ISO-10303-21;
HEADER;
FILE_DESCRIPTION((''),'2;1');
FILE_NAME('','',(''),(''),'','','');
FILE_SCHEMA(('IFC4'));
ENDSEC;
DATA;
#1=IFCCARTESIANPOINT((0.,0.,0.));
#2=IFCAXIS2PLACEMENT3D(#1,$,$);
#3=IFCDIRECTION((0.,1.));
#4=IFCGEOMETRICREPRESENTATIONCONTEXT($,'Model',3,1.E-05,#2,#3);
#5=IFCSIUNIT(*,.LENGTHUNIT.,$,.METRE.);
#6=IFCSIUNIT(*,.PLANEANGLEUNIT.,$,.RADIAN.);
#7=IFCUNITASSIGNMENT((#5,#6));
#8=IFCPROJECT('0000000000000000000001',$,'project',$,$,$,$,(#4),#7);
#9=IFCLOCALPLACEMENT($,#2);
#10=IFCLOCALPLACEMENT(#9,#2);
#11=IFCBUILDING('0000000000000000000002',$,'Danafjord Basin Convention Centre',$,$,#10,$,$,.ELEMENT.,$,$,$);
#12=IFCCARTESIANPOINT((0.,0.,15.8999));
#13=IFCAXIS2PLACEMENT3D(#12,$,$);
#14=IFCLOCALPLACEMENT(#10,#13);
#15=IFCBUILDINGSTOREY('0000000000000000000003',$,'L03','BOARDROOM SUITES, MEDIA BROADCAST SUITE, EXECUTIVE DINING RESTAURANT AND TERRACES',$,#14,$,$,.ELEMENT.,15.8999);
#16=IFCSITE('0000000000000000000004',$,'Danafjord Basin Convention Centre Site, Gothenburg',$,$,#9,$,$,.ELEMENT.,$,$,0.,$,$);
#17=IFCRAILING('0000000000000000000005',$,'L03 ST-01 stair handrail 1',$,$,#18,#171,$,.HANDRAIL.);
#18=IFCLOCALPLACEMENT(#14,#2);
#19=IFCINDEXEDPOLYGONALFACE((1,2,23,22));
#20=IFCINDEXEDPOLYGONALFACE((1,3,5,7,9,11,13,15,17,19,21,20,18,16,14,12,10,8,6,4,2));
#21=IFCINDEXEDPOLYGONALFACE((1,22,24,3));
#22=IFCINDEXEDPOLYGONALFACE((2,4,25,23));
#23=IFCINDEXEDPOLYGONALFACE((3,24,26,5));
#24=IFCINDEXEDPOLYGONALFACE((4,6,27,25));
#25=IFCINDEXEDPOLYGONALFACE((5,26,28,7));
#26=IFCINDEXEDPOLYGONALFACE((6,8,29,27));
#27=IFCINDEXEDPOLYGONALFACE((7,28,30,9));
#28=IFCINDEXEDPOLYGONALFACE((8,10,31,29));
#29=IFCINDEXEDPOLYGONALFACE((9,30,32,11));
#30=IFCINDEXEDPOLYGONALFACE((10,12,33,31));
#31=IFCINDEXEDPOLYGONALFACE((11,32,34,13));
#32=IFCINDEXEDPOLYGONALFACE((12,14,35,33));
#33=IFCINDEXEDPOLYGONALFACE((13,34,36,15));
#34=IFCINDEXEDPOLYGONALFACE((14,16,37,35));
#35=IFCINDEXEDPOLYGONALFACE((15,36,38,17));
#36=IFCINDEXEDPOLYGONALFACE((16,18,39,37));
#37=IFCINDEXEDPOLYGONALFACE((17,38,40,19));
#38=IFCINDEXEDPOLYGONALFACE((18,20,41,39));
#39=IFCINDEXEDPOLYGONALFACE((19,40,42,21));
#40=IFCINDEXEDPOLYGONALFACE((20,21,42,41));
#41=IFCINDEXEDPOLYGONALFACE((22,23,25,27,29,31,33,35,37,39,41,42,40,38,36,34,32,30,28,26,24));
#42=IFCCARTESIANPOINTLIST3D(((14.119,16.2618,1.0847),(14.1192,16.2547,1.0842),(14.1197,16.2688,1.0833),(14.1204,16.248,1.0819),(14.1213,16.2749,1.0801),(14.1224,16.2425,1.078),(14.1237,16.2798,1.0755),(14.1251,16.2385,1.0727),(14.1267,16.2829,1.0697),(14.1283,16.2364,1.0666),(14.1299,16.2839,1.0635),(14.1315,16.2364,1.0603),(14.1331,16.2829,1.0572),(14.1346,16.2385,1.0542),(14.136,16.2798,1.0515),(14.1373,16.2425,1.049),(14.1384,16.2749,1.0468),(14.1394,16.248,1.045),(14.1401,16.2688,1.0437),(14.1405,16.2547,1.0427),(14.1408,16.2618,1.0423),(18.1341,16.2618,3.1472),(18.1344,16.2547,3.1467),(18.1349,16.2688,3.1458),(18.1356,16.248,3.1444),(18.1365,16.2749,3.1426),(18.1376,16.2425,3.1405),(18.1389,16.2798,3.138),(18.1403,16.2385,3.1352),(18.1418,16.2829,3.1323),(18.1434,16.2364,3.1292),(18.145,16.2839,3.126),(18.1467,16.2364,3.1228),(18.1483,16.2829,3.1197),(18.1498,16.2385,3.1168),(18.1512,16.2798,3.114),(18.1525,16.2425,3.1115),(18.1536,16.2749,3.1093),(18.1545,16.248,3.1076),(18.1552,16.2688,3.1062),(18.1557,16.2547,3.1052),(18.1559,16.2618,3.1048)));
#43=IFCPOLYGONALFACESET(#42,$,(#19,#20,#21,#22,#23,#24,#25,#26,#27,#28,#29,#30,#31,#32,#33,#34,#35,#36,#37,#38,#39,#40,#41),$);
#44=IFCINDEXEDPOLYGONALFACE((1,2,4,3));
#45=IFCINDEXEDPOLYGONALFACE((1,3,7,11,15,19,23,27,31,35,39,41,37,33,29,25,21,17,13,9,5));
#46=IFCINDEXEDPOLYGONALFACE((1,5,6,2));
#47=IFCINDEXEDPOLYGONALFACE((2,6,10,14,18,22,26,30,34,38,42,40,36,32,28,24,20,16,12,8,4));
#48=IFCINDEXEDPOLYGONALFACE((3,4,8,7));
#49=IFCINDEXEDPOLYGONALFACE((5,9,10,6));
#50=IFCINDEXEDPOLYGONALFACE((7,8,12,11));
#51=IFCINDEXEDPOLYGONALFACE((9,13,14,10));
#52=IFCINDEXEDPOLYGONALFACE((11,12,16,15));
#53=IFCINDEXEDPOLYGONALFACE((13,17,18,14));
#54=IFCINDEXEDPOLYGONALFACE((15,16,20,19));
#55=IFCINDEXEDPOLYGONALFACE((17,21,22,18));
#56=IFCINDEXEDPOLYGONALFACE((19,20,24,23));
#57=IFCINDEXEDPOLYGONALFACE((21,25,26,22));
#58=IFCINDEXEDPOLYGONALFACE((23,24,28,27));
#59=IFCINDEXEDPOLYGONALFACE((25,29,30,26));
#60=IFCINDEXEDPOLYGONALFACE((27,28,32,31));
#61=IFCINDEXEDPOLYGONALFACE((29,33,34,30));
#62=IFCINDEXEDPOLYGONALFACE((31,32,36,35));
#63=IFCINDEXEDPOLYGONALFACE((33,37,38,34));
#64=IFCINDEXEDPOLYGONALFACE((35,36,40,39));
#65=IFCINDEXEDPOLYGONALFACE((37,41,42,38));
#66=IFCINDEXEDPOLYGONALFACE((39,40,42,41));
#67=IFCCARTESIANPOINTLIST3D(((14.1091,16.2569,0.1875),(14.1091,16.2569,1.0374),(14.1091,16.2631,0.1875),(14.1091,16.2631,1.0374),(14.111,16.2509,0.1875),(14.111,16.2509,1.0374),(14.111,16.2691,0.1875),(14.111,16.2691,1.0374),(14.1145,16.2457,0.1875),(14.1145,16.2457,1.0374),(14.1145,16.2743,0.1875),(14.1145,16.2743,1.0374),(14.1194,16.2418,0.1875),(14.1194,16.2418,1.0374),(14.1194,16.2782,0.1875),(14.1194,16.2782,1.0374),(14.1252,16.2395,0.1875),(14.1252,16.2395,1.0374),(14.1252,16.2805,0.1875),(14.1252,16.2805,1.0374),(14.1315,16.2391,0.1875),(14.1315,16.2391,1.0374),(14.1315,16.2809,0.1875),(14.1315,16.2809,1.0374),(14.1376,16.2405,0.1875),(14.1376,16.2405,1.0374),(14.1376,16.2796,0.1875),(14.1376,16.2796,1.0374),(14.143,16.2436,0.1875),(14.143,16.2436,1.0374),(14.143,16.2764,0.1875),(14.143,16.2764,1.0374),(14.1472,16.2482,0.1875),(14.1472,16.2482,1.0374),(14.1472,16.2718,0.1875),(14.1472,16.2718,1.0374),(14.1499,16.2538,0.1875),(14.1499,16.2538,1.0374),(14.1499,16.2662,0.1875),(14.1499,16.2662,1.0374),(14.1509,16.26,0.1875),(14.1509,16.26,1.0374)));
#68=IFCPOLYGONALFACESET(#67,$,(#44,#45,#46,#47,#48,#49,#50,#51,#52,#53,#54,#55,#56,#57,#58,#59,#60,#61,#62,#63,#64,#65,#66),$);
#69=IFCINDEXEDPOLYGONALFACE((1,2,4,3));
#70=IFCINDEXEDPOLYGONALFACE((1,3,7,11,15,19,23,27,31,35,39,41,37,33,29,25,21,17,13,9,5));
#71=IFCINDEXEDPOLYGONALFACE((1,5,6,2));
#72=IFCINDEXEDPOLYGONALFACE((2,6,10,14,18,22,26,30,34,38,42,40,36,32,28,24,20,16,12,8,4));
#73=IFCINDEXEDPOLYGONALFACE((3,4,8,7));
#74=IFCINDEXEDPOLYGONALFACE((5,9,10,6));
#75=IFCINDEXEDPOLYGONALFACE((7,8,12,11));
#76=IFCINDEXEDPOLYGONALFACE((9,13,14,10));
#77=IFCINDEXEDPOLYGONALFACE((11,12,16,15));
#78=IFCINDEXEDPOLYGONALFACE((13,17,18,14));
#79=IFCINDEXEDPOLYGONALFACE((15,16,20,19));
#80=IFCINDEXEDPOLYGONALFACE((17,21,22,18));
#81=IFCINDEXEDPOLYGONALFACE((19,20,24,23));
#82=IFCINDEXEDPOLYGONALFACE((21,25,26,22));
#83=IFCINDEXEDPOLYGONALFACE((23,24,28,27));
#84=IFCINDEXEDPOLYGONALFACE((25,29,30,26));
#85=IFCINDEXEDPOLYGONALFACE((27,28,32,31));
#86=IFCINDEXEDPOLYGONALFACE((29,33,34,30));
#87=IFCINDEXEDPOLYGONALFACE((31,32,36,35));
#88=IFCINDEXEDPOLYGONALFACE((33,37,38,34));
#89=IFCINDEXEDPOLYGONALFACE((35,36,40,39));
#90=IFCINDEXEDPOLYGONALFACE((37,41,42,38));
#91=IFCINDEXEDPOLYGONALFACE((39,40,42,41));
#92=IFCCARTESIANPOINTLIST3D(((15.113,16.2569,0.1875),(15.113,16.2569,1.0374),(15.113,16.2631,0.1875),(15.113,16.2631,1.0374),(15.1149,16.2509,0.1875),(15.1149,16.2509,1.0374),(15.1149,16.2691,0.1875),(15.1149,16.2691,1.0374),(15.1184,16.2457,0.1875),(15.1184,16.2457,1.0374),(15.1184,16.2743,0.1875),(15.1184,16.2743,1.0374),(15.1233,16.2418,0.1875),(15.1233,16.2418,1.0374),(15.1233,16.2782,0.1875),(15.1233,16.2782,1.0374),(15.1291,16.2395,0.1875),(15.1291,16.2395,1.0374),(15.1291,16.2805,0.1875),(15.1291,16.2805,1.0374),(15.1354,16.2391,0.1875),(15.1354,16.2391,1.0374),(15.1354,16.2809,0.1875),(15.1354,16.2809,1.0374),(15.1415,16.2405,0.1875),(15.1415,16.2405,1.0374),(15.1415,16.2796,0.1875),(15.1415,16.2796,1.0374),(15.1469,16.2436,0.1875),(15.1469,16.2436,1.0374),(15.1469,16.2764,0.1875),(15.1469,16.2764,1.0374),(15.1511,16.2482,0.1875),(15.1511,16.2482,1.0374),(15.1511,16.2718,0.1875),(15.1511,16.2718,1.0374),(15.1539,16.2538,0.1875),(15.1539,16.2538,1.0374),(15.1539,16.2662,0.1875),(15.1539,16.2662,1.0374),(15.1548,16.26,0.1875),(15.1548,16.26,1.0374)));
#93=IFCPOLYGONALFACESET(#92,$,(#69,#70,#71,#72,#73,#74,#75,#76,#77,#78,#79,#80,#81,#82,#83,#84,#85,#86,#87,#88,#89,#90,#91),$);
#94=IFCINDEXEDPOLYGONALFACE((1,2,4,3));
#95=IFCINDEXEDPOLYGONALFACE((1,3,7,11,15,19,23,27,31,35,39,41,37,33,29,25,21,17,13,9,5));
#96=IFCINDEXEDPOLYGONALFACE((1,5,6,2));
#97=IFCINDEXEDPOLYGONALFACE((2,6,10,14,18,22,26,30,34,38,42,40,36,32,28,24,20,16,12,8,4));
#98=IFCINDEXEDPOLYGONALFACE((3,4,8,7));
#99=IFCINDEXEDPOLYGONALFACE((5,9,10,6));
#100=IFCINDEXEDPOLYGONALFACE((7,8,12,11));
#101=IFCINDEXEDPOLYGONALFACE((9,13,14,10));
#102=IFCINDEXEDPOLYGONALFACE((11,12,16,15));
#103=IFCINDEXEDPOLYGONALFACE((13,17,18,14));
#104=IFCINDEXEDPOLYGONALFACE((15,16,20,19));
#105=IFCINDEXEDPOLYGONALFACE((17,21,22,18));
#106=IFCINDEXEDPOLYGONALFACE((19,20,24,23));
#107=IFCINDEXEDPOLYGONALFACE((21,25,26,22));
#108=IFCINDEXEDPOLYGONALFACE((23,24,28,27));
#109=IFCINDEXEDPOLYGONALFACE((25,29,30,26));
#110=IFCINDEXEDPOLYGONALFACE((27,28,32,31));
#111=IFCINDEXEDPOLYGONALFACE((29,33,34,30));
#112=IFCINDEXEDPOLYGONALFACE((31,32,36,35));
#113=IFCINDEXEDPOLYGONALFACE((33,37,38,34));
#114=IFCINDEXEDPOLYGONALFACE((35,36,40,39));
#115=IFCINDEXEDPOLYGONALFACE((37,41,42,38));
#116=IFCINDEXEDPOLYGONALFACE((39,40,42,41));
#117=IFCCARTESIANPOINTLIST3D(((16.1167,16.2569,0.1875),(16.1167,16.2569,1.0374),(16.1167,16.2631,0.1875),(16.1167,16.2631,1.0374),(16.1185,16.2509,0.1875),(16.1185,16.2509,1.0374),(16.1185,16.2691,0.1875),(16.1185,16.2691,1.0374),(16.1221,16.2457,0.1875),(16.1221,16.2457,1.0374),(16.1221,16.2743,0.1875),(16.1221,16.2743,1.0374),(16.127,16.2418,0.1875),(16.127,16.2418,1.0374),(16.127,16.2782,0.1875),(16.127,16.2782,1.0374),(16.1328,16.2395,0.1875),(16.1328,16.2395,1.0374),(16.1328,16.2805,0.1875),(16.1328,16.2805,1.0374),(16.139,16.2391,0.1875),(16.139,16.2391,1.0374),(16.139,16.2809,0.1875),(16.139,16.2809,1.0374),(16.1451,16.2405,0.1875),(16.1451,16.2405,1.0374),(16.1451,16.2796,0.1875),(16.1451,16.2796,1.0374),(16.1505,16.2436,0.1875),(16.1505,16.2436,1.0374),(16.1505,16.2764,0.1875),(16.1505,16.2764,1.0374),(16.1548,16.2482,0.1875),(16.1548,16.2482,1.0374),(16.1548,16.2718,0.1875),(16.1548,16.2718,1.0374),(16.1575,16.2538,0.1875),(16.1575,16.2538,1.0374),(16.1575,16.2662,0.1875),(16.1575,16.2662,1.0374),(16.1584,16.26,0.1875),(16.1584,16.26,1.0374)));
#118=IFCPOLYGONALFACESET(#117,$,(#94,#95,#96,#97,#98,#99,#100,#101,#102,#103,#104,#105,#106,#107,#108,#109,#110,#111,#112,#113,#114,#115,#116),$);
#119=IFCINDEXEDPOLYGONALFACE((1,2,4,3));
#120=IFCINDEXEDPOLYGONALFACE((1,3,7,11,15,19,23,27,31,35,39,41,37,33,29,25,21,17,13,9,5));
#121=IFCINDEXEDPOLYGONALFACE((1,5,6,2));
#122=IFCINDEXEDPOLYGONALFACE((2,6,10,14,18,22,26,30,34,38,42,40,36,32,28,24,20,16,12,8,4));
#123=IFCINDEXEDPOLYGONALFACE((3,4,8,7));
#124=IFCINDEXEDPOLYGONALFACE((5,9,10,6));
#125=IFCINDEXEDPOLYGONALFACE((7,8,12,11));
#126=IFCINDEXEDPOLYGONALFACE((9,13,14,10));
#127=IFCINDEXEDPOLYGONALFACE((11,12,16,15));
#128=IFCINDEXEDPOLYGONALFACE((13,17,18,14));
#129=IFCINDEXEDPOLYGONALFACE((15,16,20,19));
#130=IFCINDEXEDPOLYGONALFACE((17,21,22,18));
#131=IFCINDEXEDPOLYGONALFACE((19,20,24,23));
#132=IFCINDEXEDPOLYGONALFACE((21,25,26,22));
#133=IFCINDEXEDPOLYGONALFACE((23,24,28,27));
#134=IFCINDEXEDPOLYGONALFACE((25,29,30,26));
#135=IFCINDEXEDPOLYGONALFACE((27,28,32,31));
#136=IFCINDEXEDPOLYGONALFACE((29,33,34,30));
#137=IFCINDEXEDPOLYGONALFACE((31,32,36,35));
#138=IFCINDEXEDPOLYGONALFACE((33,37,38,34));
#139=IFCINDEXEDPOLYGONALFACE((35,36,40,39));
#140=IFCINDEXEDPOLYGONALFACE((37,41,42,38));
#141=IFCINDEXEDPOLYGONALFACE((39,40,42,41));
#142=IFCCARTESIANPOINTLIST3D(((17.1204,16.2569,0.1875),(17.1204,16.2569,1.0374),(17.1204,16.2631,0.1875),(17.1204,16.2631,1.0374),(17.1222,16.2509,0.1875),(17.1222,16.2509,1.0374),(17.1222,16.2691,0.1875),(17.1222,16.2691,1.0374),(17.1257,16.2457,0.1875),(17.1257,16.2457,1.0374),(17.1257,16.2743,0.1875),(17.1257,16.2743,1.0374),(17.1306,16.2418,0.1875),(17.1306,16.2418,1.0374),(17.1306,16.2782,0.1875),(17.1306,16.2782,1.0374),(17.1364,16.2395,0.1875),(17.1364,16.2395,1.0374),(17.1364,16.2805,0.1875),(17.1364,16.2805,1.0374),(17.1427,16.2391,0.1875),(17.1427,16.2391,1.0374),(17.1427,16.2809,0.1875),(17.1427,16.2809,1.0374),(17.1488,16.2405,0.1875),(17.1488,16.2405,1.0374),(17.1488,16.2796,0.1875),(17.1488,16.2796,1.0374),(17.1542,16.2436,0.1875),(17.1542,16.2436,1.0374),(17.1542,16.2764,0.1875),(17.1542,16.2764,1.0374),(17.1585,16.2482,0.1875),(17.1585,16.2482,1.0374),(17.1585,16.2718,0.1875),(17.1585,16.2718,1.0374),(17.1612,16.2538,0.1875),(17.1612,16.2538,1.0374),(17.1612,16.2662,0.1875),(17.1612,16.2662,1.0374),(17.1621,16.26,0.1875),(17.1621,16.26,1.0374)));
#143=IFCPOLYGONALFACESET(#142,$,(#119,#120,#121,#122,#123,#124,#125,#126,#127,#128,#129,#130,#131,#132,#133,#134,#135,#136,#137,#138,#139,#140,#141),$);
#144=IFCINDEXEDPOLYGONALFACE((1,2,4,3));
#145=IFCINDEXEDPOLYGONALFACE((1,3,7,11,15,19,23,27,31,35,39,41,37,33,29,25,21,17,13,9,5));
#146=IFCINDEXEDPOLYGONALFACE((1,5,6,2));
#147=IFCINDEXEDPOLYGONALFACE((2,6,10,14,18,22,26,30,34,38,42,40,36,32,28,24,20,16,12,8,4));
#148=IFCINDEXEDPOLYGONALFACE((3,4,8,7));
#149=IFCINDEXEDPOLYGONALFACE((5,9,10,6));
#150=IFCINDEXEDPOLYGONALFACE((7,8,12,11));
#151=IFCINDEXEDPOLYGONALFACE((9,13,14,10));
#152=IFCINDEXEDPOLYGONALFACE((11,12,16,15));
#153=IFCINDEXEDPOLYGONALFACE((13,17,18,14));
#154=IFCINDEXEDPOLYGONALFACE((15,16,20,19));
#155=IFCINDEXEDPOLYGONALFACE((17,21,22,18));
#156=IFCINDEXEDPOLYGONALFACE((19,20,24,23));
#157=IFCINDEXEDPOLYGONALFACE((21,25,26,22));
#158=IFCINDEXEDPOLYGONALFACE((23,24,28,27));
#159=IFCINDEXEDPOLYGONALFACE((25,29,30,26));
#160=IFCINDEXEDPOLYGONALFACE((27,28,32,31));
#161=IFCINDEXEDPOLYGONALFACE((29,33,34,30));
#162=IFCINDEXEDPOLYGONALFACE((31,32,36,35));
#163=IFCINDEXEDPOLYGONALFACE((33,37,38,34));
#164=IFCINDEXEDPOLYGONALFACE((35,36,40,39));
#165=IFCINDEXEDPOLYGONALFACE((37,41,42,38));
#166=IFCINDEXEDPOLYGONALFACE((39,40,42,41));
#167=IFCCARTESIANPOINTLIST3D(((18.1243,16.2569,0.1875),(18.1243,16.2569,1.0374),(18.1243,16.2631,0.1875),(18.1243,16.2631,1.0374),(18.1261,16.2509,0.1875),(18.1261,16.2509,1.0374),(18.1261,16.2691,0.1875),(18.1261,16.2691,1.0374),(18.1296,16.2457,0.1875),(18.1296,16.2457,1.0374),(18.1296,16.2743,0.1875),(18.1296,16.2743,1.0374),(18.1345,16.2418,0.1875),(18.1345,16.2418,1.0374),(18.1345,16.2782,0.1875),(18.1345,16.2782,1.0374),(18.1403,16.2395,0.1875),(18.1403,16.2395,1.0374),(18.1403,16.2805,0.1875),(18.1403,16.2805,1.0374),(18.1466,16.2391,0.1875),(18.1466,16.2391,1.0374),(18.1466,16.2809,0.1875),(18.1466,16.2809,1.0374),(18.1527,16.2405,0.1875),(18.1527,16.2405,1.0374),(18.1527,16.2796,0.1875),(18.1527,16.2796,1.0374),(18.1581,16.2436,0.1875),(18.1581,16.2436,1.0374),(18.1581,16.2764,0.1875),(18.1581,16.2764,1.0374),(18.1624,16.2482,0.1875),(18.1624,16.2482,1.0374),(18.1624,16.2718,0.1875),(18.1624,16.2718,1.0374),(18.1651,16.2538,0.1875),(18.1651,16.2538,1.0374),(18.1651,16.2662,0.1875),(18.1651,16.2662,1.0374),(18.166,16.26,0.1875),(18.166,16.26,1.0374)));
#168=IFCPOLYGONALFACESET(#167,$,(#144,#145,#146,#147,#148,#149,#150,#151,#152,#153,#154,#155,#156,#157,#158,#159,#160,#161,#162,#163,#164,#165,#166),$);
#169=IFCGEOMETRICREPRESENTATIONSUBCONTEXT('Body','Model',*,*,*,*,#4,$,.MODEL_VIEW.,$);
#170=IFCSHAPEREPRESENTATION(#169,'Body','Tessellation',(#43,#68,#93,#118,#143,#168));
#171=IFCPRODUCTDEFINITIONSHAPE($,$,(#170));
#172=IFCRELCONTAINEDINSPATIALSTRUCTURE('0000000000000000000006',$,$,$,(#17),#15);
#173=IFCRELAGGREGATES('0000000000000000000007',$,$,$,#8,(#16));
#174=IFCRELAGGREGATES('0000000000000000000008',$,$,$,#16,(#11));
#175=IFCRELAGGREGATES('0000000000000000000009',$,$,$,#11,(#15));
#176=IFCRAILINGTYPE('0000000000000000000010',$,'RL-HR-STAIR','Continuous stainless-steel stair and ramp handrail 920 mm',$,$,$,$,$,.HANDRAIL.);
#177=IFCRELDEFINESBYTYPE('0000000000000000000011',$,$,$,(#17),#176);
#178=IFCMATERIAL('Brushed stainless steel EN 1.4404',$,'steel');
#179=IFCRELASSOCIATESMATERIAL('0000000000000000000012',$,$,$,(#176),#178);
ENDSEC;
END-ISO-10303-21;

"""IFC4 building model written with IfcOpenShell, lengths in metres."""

from ifc_helpers import new_model, si_unit, direction, frame, origin, origin_2d, place, context, subcontext, project, spatial, circle, extrude, material, type_object, element, save


model = new_model("IFC4")

# Units and contexts
model_context = context("Model", 3, precision=1e-05, world=origin(), true_north=direction((0.0, 1.0)))
body_context = subcontext(model_context, "Body", "Model", "MODEL_VIEW")
ifc_project = project(units=[si_unit("LENGTHUNIT", "METRE"), si_unit("PLANEANGLEUNIT", "RADIAN")], contexts=[model_context])

# Site, building, storey
site_placement = place(None, origin())
site = spatial("IfcSite", under=ifc_project, at=site_placement, Name="Danafjord Basin Convention Centre Site, Gothenburg", CompositionType="ELEMENT", RefElevation=0.0)
building_placement = place(site_placement, origin())
building = spatial("IfcBuilding", under=site, at=building_placement, Name="Danafjord Basin Convention Centre", CompositionType="ELEMENT")
storey_placement = place(building_placement, frame((0.0, 0.0, 15.8999)))
storey = spatial("IfcBuildingStorey", under=building, at=storey_placement, Name="L03", Description="BOARDROOM SUITES, MEDIA BROADCAST SUITE, EXECUTIVE DINING RESTAURANT AND TERRACES", CompositionType="ELEMENT", Elevation=15.8999)

# Railing
ifc_material_1 = material(Name="Brushed stainless steel EN 1.4404", Category="steel")
railing_type_1 = type_object("IfcRailingType", Name="RL-HR-STAIR", Description="Continuous stainless-steel stair and ramp handrail 920 mm", PredefinedType="HANDRAIL", material=ifc_material_1)
railing_1_placement = place(storey_placement, frame((14.1299, 16.26, 0.1875)))
element("IfcRailing", 1, at=railing_1_placement, inside=storey, type_object=railing_type_1, Name="L03 ST-01 stair handrail 1", PredefinedType="HANDRAIL", context=body_context, shape_type="SweptSolid", body=[
    extrude(circle(Radius=0.0239, at=origin_2d()), frame((0.0, 0.0, 0.876), z_axis=(0.889506, 0.0, 0.456923), x_axis=(0.0, 1.0, 0.0)), (0.0, 0.0, 1.0), 4.5139),
    extrude(circle(Radius=0.021, at=origin_2d()), origin(), (0.0, 0.0, 1.0), 0.8499),
    extrude(circle(Radius=0.021, at=origin_2d()), frame((1.0039, 0.0, 0.0)), (0.0, 0.0, 1.0), 0.8499),
    extrude(circle(Radius=0.021, at=origin_2d()), frame((2.0076, 0.0, 0.0)), (0.0, 0.0, 1.0), 0.8499),
    extrude(circle(Radius=0.021, at=origin_2d()), frame((3.0112, 0.0, 0.0)), (0.0, 0.0, 1.0), 0.8499),
    extrude(circle(Radius=0.021, at=origin_2d()), frame((4.0151, 0.0, 0.0)), (0.0, 0.0, 1.0), 0.8499),
])

save(model, "model.ifc")
